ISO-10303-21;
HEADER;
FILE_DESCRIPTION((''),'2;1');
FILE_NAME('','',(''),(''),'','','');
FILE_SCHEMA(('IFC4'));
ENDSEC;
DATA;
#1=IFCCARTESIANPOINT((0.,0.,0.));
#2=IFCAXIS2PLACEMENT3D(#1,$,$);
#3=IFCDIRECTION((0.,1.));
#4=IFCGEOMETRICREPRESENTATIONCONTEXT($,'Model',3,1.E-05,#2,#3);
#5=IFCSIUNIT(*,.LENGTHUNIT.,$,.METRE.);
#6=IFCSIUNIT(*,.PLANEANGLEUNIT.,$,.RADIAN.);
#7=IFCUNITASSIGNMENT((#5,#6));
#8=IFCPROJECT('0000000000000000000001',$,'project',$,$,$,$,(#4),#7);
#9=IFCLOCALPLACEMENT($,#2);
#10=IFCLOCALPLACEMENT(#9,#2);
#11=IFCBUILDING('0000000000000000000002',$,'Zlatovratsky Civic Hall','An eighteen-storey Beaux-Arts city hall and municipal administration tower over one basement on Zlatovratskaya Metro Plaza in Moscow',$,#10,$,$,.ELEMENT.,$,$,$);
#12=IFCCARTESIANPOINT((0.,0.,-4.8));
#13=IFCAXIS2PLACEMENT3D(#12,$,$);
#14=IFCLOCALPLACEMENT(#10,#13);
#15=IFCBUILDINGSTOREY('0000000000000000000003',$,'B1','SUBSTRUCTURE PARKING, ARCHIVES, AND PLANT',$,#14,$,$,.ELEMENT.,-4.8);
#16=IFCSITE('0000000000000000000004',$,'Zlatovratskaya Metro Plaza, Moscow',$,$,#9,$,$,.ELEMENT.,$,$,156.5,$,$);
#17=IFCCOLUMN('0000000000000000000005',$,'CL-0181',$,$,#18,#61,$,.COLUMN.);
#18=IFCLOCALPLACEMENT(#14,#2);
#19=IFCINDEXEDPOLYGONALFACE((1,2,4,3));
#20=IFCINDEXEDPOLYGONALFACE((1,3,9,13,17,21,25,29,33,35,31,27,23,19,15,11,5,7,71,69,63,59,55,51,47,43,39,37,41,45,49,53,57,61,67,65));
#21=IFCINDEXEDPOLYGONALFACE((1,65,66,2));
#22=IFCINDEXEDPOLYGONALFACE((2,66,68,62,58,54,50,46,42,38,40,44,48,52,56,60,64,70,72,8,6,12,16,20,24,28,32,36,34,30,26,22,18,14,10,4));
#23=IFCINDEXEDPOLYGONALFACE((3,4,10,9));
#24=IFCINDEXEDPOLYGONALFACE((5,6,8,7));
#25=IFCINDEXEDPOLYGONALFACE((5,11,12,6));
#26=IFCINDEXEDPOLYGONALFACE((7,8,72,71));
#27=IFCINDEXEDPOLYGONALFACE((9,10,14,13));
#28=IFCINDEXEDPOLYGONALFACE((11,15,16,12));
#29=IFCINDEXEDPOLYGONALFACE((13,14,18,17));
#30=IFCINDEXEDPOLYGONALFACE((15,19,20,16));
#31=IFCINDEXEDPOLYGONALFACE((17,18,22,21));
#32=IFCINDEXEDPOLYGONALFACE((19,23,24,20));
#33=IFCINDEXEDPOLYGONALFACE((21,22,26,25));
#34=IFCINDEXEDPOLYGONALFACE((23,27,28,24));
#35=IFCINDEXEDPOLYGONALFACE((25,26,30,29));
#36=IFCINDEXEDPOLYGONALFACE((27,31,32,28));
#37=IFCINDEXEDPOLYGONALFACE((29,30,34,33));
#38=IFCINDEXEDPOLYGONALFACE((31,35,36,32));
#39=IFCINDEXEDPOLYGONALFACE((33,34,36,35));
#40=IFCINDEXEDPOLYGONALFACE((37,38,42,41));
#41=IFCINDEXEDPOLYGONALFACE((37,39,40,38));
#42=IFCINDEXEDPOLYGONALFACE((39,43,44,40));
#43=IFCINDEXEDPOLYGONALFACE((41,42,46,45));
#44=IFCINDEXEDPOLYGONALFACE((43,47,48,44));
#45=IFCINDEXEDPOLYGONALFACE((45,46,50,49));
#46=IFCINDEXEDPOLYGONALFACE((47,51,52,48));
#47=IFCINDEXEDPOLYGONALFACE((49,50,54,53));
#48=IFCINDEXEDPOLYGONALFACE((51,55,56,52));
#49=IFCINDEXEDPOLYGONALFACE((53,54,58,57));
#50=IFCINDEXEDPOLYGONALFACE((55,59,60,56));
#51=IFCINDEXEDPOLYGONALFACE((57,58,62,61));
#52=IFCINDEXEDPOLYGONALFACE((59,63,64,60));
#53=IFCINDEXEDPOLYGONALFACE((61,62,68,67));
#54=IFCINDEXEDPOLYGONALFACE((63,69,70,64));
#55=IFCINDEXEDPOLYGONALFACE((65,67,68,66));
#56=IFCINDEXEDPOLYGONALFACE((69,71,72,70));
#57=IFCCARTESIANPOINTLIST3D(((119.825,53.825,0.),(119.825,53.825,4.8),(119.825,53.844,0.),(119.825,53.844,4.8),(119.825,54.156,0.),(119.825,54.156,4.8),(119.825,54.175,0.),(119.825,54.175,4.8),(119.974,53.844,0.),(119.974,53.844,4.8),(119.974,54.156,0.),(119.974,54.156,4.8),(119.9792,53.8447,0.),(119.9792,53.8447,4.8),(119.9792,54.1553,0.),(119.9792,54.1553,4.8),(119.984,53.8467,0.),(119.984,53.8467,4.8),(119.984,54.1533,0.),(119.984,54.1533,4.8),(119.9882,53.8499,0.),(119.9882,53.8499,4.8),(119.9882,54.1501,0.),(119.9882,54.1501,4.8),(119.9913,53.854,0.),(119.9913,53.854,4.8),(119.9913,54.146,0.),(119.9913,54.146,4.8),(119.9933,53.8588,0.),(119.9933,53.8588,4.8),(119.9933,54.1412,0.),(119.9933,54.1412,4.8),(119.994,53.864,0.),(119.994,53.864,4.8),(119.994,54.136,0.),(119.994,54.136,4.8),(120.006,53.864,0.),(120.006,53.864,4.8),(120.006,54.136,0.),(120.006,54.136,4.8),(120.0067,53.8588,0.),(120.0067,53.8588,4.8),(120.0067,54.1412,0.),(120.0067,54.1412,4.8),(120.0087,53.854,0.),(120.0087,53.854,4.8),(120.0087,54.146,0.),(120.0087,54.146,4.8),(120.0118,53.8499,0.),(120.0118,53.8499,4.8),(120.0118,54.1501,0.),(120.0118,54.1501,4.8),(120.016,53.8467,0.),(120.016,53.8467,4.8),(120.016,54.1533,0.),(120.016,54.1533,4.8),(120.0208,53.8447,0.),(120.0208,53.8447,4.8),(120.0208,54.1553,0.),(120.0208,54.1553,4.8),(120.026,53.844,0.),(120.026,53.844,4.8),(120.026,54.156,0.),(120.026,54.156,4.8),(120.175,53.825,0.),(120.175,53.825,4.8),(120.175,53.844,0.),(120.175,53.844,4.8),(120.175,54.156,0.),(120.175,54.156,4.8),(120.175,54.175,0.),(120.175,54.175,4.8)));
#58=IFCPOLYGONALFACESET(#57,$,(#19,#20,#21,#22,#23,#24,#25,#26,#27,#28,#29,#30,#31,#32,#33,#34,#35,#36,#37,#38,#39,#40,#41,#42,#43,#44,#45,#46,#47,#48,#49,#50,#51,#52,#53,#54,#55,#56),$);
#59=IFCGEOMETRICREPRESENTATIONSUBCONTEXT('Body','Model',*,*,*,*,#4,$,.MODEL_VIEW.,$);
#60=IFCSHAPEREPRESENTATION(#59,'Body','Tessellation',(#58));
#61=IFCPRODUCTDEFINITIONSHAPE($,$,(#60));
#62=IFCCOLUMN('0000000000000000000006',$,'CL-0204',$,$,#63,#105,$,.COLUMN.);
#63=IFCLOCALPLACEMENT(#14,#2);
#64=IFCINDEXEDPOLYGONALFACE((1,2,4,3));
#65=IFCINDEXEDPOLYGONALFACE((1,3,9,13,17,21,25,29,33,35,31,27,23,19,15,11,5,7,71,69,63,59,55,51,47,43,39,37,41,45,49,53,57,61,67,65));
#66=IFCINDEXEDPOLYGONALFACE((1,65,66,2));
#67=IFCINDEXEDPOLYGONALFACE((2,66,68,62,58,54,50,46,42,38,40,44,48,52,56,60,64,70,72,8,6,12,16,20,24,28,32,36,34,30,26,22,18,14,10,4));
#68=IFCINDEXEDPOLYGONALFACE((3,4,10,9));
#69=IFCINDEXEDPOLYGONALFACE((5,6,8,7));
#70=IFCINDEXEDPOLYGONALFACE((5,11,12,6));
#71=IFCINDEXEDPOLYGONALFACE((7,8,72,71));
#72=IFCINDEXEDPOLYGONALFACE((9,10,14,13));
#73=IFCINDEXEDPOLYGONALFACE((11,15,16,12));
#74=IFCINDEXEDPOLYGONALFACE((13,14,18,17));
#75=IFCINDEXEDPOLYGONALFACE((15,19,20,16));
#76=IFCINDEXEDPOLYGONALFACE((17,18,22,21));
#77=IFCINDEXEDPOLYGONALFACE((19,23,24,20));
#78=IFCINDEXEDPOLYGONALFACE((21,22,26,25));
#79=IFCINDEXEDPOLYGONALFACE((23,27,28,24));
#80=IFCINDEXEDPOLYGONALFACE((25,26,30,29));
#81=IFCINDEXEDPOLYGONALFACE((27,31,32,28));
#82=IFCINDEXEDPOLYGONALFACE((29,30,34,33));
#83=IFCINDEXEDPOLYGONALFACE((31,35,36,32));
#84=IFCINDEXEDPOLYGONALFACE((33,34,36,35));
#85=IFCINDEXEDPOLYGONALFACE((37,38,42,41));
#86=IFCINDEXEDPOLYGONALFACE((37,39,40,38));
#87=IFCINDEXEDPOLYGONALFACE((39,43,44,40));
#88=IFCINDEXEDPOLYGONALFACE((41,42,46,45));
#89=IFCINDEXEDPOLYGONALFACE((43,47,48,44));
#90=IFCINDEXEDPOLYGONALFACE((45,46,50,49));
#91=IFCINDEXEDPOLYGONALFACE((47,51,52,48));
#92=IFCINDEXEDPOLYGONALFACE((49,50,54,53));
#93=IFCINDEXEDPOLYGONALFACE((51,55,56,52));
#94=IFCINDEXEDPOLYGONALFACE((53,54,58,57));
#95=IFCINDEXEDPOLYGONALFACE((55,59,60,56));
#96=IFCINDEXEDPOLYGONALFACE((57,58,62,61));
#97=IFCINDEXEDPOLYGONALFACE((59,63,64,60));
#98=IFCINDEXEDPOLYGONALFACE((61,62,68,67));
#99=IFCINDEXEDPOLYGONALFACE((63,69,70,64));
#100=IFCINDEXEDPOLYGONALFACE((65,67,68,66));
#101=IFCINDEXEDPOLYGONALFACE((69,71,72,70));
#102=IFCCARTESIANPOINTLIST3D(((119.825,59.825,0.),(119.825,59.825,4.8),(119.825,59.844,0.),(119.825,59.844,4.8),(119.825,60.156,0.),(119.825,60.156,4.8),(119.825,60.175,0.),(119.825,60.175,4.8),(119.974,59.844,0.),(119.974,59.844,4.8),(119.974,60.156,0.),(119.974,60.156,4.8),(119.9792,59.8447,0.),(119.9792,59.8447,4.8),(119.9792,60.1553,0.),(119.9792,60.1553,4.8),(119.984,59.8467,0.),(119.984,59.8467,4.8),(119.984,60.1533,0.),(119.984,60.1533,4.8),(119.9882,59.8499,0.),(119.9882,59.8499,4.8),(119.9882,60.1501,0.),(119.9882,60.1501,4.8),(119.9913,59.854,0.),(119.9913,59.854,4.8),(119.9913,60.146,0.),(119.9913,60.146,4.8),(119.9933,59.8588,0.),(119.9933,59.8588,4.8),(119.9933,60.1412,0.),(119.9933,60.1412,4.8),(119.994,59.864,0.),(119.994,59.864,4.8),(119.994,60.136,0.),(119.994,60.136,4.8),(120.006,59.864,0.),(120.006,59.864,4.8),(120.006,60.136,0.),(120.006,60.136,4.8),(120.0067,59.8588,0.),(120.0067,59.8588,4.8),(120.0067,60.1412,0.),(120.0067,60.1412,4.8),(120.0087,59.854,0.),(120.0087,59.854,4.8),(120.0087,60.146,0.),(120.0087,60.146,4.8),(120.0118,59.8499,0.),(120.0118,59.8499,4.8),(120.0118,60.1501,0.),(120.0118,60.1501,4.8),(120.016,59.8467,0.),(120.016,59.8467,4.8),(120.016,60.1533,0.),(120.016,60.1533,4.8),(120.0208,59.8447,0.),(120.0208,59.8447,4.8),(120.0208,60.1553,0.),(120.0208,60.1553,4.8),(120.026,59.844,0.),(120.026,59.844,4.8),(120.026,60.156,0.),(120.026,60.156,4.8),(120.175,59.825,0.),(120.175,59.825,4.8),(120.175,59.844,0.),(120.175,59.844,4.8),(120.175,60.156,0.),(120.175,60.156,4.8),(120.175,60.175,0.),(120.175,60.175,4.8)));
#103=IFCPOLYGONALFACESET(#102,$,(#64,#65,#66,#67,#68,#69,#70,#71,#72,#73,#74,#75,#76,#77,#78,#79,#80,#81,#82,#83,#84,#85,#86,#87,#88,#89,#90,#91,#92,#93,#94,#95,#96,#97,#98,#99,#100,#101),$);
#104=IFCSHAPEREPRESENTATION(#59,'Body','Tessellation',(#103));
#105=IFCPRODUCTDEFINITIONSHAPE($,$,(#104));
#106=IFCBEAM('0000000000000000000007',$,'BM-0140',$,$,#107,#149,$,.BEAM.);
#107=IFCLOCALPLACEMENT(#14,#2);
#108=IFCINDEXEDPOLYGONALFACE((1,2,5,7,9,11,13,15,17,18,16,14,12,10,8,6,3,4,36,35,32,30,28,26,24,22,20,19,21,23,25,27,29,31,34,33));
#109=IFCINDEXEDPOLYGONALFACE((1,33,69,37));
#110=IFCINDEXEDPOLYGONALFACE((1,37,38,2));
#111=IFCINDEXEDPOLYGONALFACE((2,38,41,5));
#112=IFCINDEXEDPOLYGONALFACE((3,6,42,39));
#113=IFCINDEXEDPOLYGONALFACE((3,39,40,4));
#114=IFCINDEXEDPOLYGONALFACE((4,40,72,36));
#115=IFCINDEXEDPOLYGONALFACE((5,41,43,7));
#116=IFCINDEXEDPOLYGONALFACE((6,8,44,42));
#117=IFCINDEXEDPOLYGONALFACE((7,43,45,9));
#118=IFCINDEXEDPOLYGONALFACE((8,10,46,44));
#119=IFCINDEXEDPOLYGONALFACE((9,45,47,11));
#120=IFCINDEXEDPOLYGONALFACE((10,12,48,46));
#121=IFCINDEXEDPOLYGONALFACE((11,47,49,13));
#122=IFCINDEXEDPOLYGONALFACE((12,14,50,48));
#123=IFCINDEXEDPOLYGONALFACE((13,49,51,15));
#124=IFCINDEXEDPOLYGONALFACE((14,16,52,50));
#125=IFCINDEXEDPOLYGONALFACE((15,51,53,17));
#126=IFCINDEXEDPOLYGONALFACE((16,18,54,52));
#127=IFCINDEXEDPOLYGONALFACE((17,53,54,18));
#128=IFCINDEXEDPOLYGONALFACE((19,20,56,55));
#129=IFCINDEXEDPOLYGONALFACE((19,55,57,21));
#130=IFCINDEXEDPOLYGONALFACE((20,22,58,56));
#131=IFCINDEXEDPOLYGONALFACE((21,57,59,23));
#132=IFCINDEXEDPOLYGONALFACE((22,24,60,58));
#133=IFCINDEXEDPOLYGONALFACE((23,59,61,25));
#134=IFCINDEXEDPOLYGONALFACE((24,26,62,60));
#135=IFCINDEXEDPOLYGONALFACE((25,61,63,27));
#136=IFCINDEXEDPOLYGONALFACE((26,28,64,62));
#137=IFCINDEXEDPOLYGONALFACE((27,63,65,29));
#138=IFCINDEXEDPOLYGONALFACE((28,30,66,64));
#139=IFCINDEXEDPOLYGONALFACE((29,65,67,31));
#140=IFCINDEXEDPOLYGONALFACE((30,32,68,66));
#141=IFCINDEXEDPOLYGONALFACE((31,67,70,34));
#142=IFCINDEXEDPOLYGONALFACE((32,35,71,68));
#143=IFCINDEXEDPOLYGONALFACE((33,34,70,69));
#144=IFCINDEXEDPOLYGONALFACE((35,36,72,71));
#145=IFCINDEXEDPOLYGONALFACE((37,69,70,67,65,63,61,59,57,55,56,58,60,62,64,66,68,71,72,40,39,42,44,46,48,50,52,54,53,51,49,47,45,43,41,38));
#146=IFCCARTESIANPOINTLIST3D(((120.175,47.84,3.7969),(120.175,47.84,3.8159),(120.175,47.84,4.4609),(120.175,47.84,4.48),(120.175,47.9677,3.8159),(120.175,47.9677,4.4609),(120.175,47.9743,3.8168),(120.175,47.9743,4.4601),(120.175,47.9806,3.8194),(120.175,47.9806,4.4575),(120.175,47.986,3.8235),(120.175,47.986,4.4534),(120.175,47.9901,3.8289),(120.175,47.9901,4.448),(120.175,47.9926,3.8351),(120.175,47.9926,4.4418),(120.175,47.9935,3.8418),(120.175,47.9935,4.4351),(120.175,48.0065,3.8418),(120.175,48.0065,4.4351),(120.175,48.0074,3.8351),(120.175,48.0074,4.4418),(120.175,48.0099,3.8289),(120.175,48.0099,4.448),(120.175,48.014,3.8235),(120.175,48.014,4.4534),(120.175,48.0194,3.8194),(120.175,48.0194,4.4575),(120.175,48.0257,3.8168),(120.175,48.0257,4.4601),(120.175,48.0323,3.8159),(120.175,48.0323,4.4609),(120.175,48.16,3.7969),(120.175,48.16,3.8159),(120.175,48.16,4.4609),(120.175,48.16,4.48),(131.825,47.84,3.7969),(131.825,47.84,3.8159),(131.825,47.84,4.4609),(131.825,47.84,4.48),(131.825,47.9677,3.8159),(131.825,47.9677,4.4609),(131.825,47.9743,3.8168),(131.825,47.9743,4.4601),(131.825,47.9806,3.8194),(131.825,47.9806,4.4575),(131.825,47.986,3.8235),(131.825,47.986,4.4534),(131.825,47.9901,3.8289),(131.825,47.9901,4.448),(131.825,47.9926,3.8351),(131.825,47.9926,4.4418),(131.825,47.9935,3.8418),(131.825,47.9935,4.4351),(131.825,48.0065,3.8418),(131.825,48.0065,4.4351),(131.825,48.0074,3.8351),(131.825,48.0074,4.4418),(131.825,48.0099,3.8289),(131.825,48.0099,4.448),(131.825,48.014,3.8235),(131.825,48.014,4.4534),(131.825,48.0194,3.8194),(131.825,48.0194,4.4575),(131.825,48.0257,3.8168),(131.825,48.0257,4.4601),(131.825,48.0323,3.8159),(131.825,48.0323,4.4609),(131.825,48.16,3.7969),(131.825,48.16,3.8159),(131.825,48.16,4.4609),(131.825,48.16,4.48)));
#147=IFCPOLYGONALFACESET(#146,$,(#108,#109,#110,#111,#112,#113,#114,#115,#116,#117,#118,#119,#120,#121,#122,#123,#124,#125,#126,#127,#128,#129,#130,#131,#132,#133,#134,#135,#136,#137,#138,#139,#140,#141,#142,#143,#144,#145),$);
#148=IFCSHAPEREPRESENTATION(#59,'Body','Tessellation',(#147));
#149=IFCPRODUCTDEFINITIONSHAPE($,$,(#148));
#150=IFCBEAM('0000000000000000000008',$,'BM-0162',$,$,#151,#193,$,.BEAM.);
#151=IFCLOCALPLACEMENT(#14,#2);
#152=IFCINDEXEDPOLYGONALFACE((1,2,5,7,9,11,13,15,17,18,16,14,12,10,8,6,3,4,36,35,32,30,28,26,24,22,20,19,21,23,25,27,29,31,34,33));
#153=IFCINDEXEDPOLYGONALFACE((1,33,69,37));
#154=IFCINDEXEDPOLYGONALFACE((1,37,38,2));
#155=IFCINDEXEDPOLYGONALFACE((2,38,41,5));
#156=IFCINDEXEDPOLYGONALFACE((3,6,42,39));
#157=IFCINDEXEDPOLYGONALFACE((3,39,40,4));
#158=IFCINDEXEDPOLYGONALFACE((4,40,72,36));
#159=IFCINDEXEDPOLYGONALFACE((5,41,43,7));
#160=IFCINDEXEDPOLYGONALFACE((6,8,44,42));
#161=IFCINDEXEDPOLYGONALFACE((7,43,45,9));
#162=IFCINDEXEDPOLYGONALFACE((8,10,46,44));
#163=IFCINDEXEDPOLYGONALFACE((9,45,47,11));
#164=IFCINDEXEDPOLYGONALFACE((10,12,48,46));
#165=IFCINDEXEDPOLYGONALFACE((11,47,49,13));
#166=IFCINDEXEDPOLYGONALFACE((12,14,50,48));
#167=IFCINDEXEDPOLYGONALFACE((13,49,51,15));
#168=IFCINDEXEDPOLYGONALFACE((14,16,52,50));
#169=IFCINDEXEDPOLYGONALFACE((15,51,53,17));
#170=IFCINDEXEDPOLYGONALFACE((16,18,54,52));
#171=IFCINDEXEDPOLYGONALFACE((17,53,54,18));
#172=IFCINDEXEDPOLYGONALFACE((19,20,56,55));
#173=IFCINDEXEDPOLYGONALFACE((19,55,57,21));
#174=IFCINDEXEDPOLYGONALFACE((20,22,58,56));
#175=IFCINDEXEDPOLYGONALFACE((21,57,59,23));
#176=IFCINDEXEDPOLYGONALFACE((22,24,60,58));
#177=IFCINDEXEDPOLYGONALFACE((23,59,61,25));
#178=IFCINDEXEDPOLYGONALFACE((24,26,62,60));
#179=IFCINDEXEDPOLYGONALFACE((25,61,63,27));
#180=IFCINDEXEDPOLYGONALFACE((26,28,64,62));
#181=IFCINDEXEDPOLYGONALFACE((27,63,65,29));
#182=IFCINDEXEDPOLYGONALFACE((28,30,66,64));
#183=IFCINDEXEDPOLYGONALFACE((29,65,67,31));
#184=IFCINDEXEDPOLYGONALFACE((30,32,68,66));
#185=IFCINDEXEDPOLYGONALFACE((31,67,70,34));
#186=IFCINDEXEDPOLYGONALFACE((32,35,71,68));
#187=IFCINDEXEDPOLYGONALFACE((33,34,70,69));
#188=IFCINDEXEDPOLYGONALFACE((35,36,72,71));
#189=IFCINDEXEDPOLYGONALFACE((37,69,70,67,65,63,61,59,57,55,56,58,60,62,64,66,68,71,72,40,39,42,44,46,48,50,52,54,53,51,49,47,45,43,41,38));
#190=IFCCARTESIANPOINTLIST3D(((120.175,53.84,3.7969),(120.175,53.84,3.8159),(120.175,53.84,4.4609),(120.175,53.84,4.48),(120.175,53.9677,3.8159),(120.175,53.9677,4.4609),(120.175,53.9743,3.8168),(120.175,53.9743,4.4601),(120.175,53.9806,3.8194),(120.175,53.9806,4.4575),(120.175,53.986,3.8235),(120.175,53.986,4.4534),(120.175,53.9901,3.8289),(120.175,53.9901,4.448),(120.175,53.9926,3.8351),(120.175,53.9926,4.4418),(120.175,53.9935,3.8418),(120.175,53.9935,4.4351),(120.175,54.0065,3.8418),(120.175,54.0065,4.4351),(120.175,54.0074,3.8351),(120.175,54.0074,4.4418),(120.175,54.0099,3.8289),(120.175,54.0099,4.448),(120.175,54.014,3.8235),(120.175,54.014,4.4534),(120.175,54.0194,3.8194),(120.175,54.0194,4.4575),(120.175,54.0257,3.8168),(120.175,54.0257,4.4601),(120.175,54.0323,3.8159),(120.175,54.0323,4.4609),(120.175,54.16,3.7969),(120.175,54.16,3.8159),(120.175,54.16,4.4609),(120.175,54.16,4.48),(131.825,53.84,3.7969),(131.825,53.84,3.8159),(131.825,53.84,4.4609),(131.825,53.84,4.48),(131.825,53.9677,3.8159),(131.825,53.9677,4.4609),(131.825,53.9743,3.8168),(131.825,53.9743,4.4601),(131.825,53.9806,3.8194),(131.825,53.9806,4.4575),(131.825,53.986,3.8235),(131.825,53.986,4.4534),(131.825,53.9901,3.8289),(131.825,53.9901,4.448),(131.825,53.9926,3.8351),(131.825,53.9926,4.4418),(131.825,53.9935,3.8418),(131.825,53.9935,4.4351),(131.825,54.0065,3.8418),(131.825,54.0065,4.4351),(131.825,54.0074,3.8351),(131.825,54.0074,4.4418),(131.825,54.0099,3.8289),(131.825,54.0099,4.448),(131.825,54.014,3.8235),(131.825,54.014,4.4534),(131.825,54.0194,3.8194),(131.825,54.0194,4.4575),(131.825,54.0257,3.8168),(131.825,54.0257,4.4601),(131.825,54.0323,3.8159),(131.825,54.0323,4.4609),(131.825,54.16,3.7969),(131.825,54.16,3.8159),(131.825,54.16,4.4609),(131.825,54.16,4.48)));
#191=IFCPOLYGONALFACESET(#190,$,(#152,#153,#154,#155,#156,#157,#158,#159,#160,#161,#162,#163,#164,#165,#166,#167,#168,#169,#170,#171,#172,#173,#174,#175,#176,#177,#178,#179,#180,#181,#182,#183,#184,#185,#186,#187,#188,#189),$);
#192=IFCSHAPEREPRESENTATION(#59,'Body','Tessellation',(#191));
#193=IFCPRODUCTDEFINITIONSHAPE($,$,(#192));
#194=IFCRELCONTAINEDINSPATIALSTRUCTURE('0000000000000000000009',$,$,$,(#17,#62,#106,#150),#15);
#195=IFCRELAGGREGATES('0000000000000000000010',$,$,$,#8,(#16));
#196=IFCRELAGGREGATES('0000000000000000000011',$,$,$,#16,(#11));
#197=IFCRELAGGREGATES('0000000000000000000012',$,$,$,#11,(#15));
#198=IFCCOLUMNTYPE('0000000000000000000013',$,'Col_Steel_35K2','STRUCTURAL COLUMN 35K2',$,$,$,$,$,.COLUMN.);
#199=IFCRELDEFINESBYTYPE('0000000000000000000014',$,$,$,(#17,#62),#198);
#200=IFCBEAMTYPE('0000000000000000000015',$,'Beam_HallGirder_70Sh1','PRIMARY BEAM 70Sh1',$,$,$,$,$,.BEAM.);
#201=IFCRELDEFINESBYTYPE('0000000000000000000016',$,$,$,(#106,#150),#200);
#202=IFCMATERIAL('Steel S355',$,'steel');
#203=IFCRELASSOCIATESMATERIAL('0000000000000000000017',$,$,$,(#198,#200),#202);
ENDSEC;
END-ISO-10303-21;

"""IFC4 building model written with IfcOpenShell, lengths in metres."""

from ifc_helpers import new_model, si_unit, direction, frame, origin, origin_2d, place, context, subcontext, project, spatial, i_section, extrude, material, material_profile, profile_set, type_object, element, save


model = new_model("IFC4")

# Units and contexts
model_context = context("Model", 3, precision=1e-05, world=origin(), true_north=direction((0.0, 1.0)))
body_context = subcontext(model_context, "Body", "Model", "MODEL_VIEW")
ifc_project = project(units=[si_unit("LENGTHUNIT", "METRE"), si_unit("PLANEANGLEUNIT", "RADIAN")], contexts=[model_context])

# Site, building, storey
site_placement = place(None, origin())
site = spatial("IfcSite", under=ifc_project, at=site_placement, Name="Zlatovratskaya Metro Plaza, Moscow", CompositionType="ELEMENT", RefElevation=156.5)
building_placement = place(site_placement, origin())
building = spatial("IfcBuilding", under=site, at=building_placement, Name="Zlatovratsky Civic Hall", Description="An eighteen-storey Beaux-Arts city hall and municipal administration tower over one basement on Zlatovratskaya Metro Plaza in Moscow", CompositionType="ELEMENT")
storey_placement = place(building_placement, frame((0.0, 0.0, -4.8)))
storey = spatial("IfcBuildingStorey", under=building, at=storey_placement, Name="B1", Description="SUBSTRUCTURE PARKING, ARCHIVES, AND PLANT", CompositionType="ELEMENT", Elevation=-4.8)

# Columns
ifc_material_1 = material(Name="Steel S355", Category="steel")
ifc_material_profile_1 = material_profile(ifc_material_1, i_section(OverallWidth=0.3501, OverallDepth=0.3501, WebThickness=0.012, FlangeThickness=0.019, FilletRadius=0.02, at=origin_2d()), Name="35K2")
ifc_profile_set_1 = profile_set([ifc_material_profile_1], Name="Steel S355")
column_type = type_object("IfcColumnType", Name="Col_Steel_35K2", Description="STRUCTURAL COLUMN 35K2", PredefinedType="COLUMN", material=ifc_profile_set_1)
for number, where, z_axis, x_axis, name in (
    (1, (120.0, 54.0, 0.0), (0.0, 0.0, 1.0), (1.0, 0.0, 0.0), "CL-0181"),
    (2, (120.0, 60.0, 0.0), (0.0, 0.0, 1.0), (1.0, 0.0, 0.0), "CL-0204"),
):
    element("IfcColumn", number, at=place(storey_placement, frame(where, z_axis=z_axis, x_axis=x_axis)), inside=storey, type_object=column_type, Name=name, PredefinedType="COLUMN", context=body_context, shape_type="SweptSolid", body=[
        extrude(i_section(OverallWidth=0.3501, OverallDepth=0.3501, WebThickness=0.012, FlangeThickness=0.019, FilletRadius=0.02, at=origin_2d()), origin(), (0.0, 0.0, 1.0), 4.8),
    ])

# Beams
ifc_material_profile_2 = material_profile(ifc_material_1, i_section(OverallWidth=0.3201, OverallDepth=0.6831, WebThickness=0.0129, FlangeThickness=0.019, FilletRadius=0.0259, at=origin_2d()), Name="70Sh1")
ifc_profile_set_2 = profile_set([ifc_material_profile_2], Name="Steel S355")
beam_type_1 = type_object("IfcBeamType", Name="Beam_HallGirder_70Sh1", Description="PRIMARY BEAM 70Sh1", PredefinedType="BEAM", material=ifc_profile_set_2)
for number, where, z_axis, x_axis, name in (
    (3, (120.175, 48.0, 4.1384), (1.0, 0.0, 0.0), (0.0, 1.0, 0.0), "BM-0140"),
    (4, (120.175, 54.0, 4.1384), (1.0, 0.0, 0.0), (0.0, 1.0, 0.0), "BM-0162"),
):
    element("IfcBeam", number, at=place(storey_placement, frame(where, z_axis=z_axis, x_axis=x_axis)), inside=storey, type_object=beam_type_1, Name=name, PredefinedType="BEAM", context=body_context, shape_type="SweptSolid", body=[
        extrude(i_section(OverallWidth=0.3201, OverallDepth=0.6831, WebThickness=0.0129, FlangeThickness=0.019, FilletRadius=0.0259, at=origin_2d()), origin(), (0.0, 0.0, 1.0), 11.6499),
    ])

save(model, "model.ifc")
